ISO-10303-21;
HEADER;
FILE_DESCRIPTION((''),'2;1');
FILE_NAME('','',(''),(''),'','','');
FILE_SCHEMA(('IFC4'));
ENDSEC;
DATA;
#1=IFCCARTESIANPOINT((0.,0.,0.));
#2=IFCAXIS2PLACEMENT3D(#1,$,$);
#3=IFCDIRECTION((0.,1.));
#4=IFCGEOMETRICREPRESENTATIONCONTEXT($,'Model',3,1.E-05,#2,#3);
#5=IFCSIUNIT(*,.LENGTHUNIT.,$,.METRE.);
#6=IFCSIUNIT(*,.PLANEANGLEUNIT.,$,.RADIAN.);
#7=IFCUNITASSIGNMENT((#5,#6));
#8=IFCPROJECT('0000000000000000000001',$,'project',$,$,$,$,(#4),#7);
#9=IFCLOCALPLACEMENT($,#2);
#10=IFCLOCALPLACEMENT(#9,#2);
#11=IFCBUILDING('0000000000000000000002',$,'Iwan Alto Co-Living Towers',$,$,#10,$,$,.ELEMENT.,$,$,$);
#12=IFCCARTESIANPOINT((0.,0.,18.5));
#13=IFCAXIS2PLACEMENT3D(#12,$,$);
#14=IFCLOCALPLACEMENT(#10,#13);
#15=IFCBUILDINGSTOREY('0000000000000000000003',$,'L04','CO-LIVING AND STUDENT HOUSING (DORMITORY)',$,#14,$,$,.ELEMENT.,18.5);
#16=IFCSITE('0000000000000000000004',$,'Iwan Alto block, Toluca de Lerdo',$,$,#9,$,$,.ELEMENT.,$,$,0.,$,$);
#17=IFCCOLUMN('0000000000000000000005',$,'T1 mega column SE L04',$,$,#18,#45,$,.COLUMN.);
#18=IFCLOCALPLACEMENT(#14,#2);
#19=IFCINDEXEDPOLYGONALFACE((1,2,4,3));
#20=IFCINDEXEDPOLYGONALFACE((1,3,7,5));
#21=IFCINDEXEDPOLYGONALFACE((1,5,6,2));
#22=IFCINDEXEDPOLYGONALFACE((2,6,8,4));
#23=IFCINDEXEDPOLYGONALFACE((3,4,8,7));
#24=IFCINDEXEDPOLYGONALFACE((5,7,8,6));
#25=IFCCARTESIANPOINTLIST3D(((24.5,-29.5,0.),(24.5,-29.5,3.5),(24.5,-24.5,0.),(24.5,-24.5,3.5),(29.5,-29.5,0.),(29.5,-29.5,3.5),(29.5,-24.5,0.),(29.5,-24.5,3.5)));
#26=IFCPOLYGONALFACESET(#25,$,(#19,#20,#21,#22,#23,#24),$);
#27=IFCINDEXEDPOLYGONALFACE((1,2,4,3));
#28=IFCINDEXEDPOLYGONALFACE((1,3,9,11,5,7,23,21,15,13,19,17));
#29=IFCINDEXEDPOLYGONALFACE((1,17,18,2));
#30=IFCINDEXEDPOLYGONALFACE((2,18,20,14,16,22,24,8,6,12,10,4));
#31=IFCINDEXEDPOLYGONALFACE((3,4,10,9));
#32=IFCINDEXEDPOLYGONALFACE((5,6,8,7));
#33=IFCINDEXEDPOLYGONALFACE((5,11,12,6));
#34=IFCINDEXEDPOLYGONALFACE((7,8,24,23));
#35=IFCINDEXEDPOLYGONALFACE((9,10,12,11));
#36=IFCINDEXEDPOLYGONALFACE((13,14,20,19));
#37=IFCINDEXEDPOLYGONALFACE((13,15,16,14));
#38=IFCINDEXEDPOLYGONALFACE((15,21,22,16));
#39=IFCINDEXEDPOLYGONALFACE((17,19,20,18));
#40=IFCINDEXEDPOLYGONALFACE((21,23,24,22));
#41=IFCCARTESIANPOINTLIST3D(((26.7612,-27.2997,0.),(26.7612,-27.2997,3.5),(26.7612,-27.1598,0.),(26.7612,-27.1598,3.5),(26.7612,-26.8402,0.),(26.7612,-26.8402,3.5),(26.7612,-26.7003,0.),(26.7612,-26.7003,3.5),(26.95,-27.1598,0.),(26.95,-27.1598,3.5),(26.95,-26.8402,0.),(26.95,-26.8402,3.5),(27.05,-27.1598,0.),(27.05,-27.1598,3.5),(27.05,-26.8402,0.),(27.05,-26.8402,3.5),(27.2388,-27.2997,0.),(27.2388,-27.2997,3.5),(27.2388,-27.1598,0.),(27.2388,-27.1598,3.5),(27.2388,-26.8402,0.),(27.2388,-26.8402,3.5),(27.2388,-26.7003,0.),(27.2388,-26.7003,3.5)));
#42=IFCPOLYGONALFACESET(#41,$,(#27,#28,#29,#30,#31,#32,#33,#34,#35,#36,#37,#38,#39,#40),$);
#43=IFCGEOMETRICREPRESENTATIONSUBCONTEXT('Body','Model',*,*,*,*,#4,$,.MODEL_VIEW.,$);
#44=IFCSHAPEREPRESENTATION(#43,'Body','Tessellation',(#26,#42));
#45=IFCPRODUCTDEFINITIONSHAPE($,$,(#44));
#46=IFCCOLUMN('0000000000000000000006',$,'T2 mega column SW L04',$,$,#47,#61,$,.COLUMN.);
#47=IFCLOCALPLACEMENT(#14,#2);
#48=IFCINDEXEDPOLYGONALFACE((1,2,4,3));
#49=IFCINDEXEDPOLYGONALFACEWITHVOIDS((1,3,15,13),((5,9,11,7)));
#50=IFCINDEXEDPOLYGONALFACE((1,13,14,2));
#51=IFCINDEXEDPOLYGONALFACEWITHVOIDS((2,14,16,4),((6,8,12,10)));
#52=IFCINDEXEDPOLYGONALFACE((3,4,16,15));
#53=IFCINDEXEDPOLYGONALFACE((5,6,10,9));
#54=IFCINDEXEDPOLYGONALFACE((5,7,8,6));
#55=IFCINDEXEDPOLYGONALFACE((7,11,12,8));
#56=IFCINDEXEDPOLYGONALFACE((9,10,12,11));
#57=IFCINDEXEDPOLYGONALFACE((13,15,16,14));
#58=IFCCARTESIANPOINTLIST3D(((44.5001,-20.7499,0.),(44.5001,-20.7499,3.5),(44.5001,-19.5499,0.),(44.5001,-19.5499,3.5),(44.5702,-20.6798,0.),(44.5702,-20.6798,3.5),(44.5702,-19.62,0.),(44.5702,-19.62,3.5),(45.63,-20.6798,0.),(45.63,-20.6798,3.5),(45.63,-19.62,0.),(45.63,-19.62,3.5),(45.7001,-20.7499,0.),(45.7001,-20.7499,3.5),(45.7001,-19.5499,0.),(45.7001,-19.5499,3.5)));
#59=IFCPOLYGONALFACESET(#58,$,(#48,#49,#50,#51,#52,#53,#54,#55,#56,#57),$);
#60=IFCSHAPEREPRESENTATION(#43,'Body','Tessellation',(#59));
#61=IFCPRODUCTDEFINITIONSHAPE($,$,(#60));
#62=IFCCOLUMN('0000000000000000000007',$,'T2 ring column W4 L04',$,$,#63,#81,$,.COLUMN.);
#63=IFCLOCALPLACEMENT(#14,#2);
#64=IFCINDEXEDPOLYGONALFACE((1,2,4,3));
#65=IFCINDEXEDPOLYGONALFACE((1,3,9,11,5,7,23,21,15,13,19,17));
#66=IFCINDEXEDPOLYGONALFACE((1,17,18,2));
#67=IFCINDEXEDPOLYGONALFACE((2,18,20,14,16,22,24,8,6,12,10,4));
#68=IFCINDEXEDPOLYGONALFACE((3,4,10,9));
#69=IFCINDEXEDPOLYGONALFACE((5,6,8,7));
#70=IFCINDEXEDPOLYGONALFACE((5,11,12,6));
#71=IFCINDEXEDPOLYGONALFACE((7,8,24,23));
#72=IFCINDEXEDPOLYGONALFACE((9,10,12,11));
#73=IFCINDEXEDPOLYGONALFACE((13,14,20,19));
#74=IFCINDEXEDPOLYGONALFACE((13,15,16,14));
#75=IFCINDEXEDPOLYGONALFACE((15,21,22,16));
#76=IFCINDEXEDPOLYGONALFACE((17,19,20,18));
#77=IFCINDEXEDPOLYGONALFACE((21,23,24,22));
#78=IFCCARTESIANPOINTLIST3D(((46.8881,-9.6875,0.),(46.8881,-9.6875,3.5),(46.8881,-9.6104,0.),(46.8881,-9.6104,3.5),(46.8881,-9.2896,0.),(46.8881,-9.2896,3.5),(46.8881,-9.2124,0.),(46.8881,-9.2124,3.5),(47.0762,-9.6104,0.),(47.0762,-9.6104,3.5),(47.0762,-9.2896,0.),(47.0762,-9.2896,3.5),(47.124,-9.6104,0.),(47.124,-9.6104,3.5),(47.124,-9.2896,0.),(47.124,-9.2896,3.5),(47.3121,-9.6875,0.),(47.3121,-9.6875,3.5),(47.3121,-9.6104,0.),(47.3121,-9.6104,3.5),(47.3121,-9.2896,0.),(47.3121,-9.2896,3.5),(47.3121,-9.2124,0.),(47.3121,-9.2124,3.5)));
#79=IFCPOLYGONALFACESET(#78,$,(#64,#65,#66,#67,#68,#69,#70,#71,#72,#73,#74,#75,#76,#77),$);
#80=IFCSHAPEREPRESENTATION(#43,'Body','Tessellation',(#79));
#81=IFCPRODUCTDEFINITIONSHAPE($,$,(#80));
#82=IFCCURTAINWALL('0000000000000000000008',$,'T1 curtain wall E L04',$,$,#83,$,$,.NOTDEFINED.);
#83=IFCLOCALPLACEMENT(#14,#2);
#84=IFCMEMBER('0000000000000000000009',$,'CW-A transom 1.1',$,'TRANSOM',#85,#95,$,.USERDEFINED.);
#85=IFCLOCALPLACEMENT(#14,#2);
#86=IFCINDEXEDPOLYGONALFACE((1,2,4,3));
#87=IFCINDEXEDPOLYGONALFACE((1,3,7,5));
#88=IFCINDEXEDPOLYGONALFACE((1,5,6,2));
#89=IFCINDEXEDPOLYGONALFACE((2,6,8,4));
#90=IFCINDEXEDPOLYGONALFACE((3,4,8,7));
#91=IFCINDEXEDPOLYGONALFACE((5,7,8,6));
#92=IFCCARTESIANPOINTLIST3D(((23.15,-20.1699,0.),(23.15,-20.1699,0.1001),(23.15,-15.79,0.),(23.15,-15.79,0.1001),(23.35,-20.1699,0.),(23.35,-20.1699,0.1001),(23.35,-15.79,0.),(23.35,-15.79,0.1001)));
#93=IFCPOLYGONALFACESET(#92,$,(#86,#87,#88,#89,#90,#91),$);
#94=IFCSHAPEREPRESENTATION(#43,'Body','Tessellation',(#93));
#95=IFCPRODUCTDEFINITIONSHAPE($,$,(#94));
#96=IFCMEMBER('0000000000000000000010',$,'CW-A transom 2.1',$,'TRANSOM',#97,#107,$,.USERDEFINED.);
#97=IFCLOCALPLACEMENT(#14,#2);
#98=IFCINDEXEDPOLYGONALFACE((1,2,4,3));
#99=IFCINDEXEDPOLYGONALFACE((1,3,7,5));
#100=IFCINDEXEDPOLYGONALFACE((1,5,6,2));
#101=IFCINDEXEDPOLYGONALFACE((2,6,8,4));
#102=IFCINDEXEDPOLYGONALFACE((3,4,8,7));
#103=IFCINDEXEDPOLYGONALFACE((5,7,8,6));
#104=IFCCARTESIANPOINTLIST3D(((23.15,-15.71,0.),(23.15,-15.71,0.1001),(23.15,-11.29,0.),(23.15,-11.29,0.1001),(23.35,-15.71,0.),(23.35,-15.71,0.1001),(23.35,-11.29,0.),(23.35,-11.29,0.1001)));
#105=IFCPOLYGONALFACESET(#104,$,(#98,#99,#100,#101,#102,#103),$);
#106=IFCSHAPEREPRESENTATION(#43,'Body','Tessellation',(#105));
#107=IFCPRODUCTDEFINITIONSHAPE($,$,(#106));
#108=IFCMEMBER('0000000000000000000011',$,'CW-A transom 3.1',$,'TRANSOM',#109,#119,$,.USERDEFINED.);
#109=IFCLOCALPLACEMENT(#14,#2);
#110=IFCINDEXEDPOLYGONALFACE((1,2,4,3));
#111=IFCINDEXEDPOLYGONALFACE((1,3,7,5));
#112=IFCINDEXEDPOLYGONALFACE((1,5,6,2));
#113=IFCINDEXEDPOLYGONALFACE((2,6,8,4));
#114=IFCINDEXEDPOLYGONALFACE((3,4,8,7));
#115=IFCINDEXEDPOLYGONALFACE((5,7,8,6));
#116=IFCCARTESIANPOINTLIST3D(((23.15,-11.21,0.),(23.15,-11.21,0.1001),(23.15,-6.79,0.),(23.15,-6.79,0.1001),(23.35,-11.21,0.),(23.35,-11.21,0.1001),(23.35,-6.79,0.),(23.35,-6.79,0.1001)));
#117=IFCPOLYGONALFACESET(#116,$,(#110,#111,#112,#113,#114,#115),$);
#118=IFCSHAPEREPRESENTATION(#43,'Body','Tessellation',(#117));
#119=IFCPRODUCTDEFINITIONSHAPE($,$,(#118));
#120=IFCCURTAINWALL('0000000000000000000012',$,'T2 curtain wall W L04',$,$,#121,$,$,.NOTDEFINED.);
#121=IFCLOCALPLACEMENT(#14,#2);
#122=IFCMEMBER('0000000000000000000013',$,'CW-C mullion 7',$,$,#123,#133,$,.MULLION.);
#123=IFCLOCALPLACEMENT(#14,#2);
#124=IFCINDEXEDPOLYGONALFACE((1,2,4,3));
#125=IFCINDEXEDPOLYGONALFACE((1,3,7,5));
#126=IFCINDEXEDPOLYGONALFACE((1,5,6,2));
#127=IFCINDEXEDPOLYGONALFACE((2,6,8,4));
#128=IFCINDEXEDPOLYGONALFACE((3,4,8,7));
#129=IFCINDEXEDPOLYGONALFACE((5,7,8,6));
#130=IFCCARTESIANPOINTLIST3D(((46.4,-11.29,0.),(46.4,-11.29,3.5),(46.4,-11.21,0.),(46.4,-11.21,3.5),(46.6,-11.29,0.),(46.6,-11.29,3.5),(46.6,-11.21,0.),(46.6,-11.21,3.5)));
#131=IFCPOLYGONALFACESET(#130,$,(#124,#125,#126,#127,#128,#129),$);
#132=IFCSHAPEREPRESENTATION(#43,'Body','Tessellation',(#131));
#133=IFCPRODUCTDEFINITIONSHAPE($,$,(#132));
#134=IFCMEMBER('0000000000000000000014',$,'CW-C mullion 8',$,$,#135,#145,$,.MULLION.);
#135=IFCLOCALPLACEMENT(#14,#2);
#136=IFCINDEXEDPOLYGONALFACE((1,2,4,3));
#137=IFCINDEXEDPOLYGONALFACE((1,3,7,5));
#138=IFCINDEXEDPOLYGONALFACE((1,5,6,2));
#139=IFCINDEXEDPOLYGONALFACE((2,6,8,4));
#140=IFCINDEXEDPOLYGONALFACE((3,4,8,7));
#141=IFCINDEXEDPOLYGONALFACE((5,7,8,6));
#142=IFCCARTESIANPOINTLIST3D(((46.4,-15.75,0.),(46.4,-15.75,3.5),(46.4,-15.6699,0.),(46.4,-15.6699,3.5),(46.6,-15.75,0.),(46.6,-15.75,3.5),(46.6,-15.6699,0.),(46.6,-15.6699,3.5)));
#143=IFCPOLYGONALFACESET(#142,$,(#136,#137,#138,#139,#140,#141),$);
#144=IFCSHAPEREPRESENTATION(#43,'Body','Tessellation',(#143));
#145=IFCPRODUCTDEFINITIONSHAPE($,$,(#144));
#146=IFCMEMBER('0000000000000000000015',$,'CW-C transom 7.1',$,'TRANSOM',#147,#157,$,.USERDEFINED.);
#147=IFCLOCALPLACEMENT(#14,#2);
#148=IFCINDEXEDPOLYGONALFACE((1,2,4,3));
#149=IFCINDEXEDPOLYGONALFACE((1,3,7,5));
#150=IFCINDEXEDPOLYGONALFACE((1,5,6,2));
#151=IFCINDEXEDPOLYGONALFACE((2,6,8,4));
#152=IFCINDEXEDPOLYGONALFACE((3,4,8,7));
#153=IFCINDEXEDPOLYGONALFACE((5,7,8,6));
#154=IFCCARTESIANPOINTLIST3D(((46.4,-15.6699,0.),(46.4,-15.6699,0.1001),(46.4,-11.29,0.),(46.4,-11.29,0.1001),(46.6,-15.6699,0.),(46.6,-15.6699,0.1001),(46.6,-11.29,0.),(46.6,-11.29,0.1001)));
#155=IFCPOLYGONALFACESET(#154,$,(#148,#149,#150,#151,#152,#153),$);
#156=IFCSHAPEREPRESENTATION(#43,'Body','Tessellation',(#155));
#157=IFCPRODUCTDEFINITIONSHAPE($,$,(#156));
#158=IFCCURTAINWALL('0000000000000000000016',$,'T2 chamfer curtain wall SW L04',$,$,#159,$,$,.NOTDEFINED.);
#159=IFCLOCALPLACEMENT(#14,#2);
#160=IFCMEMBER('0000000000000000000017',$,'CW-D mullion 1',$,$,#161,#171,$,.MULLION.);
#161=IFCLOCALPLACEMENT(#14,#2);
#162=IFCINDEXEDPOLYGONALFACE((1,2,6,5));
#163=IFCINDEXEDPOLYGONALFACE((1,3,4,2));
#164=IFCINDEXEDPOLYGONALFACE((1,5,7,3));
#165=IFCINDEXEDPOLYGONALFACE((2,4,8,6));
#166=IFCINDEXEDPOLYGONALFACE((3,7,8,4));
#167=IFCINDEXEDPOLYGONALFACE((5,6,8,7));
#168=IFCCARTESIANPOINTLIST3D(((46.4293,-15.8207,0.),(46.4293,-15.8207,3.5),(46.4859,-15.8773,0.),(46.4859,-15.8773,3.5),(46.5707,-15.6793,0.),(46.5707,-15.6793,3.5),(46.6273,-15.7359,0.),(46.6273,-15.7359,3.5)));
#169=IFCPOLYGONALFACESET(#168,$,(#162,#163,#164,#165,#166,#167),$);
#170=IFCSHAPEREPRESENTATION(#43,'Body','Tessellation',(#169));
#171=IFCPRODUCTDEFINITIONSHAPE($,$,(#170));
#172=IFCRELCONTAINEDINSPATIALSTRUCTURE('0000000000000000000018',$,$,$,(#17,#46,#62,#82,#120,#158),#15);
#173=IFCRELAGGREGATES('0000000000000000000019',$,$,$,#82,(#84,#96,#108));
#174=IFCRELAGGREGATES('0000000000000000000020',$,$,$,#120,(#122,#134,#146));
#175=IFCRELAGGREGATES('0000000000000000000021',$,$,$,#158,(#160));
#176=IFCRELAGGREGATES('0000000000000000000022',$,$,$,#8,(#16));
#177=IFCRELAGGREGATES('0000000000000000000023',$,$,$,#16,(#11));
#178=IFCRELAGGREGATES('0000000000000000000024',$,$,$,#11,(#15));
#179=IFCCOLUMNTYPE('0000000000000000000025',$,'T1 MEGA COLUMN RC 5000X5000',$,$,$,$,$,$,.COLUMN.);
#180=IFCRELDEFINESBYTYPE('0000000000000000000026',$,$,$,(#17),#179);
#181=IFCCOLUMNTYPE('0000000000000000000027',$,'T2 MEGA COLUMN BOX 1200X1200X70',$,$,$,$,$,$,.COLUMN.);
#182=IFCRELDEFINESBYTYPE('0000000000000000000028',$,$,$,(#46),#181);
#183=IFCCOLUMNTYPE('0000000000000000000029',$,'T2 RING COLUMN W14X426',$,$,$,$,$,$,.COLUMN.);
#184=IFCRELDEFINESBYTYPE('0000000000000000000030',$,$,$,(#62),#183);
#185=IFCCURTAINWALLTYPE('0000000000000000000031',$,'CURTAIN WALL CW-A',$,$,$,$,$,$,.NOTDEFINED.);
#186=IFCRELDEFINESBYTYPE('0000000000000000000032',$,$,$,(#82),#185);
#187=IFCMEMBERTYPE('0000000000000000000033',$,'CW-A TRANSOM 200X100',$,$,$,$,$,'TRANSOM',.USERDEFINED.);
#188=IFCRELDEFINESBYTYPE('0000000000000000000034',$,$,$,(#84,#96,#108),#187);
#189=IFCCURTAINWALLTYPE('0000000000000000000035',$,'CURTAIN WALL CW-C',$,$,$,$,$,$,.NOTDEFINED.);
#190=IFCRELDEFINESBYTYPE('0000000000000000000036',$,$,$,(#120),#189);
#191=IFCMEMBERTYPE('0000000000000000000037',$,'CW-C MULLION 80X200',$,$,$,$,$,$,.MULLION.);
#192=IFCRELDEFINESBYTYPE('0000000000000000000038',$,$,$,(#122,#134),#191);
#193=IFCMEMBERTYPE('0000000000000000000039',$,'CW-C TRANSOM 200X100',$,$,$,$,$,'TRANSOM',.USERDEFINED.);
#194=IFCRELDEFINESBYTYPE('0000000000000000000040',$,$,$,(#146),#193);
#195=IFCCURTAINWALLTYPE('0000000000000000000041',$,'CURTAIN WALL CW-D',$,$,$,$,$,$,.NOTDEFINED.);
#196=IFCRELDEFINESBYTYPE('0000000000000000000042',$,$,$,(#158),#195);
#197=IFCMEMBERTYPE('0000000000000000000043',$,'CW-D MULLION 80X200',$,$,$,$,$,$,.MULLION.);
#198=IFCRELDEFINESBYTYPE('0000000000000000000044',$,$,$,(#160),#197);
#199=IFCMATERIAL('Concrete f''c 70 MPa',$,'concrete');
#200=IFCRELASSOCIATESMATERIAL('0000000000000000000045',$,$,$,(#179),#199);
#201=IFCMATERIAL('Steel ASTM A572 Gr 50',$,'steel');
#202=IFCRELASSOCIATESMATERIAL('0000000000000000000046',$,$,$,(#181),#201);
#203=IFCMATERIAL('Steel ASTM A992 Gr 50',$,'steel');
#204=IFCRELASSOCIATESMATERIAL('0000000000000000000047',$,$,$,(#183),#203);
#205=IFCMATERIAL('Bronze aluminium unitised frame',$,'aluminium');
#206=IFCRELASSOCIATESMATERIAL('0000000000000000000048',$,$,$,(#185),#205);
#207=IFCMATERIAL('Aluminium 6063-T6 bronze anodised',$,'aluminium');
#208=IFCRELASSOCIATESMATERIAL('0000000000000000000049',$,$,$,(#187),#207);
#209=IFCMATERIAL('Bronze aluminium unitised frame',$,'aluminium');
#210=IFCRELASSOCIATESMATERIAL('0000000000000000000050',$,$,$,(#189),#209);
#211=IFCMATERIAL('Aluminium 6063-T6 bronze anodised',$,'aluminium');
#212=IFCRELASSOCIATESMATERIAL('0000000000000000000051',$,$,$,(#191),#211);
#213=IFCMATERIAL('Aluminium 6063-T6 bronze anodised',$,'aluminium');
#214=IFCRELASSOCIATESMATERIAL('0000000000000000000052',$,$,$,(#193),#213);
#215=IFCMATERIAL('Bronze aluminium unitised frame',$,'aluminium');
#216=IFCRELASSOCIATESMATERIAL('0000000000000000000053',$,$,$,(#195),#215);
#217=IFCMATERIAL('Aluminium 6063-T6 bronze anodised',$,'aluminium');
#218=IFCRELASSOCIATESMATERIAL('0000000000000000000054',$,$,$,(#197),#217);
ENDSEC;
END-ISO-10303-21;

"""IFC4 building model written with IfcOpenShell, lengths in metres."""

from ifc_helpers import new_model, si_unit, direction, frame, origin, origin_2d, place, context, subcontext, project, spatial, rectangle, hollow_rectangle, i_section, extrude, material, material_profile, profile_set, type_object, element, aggregate, save


model = new_model("IFC4")

# Units and contexts
model_context = context("Model", 3, precision=1e-05, world=origin(), true_north=direction((0.0, 1.0)))
body_context = subcontext(model_context, "Body", "Model", "MODEL_VIEW")
ifc_project = project(units=[si_unit("LENGTHUNIT", "METRE"), si_unit("PLANEANGLEUNIT", "RADIAN")], contexts=[model_context])

# Site, building, storey
site_placement = place(None, origin())
site = spatial("IfcSite", under=ifc_project, at=site_placement, Name="Iwan Alto block, Toluca de Lerdo", CompositionType="ELEMENT", RefElevation=0.0)
building_placement = place(site_placement, origin())
building = spatial("IfcBuilding", under=site, at=building_placement, Name="Iwan Alto Co-Living Towers", CompositionType="ELEMENT")
storey_placement = place(building_placement, frame((0.0, 0.0, 18.5)))
storey = spatial("IfcBuildingStorey", under=building, at=storey_placement, Name="L04", Description="CO-LIVING AND STUDENT HOUSING (DORMITORY)", CompositionType="ELEMENT", Elevation=18.5)

# Columns
ifc_material_1 = material(Name="Concrete f'c 70 MPa", Category="concrete")
ifc_material_profile_1 = material_profile(ifc_material_1, rectangle(XDim=5.0, YDim=5.0, at=origin_2d()), Name="RC 5000X5000")
ifc_profile_set_1 = profile_set([ifc_material_profile_1], Name="Concrete f'c 70 MPa")
column_type_1 = type_object("IfcColumnType", Name="T1 MEGA COLUMN RC 5000X5000", PredefinedType="COLUMN", material=ifc_profile_set_1)
column_1_placement = place(storey_placement, frame((27.0, -27.0, 0.0), z_axis=(0.0, 0.0, 1.0), x_axis=(1.0, 0.0, 0.0)))
element("IfcColumn", 1, at=column_1_placement, inside=storey, type_object=column_type_1, Name="T1 mega column SE L04", PredefinedType="COLUMN", context=body_context, shape_type="SweptSolid", body=[
    extrude(rectangle(XDim=5.0, YDim=5.0, at=origin_2d()), origin(), (0.0, 0.0, 1.0), 3.5),
    extrude(i_section(OverallWidth=0.4775, OverallDepth=0.5994, WebThickness=0.1001, FlangeThickness=0.1399, at=origin_2d()), origin(), (0.0, 0.0, 1.0), 3.5),
])
ifc_material_2 = material(Name="Steel ASTM A572 Gr 50", Category="steel")
ifc_material_profile_2 = material_profile(ifc_material_2, hollow_rectangle(XDim=1.2, YDim=1.2, WallThickness=0.0701, at=origin_2d()), Name="BOX 1200X1200X70")
ifc_profile_set_2 = profile_set([ifc_material_profile_2], Name="Steel ASTM A572 Gr 50")
column_type_2 = type_object("IfcColumnType", Name="T2 MEGA COLUMN BOX 1200X1200X70", PredefinedType="COLUMN", material=ifc_profile_set_2)
column_2_placement = place(storey_placement, frame((45.1001, -20.1499, 0.0), z_axis=(0.0, 0.0, 1.0), x_axis=(1.0, 0.0, 0.0)))
element("IfcColumn", 2, at=column_2_placement, inside=storey, type_object=column_type_2, Name="T2 mega column SW L04", PredefinedType="COLUMN", context=body_context, shape_type="SweptSolid", body=[
    extrude(hollow_rectangle(XDim=1.2, YDim=1.2, WallThickness=0.0701, at=origin_2d()), origin(), (0.0, 0.0, 1.0), 3.5),
])
ifc_material_3 = material(Name="Steel ASTM A992 Gr 50", Category="steel")
ifc_material_profile_3 = material_profile(ifc_material_3, i_section(OverallWidth=0.4241, OverallDepth=0.4751, WebThickness=0.0479, FlangeThickness=0.0771, at=origin_2d()), Name="W14X426")
ifc_profile_set_3 = profile_set([ifc_material_profile_3], Name="Steel ASTM A992 Gr 50")
column_type_3 = type_object("IfcColumnType", Name="T2 RING COLUMN W14X426", PredefinedType="COLUMN", material=ifc_profile_set_3)
column_3_placement = place(storey_placement, frame((47.1001, -9.45, 0.0), z_axis=(0.0, 0.0, 1.0), x_axis=(1.0, 0.0, 0.0)))
element("IfcColumn", 3, at=column_3_placement, inside=storey, type_object=column_type_3, Name="T2 ring column W4 L04", PredefinedType="COLUMN", context=body_context, shape_type="SweptSolid", body=[
    extrude(i_section(OverallWidth=0.4241, OverallDepth=0.4751, WebThickness=0.0479, FlangeThickness=0.0771, at=origin_2d()), origin(), (0.0, 0.0, 1.0), 3.5),
])

# Curtain walls, members
ifc_material_4 = material(Name="Bronze aluminium unitised frame", Category="aluminium")
curtain_wall_type_1 = type_object("IfcCurtainWallType", Name="CURTAIN WALL CW-A", PredefinedType="NOTDEFINED", material=ifc_material_4)
curtain_wall_1_placement = place(storey_placement, origin())
curtain_wall_1 = element("IfcCurtainWall", 4, at=curtain_wall_1_placement, inside=storey, type_object=curtain_wall_type_1, Name="T1 curtain wall E L04", PredefinedType="NOTDEFINED")
ifc_material_5 = material(Name="Aluminium 6063-T6 bronze anodised", Category="aluminium")
ifc_material_profile_4 = material_profile(ifc_material_5, rectangle(XDim=0.2, YDim=0.1001, at=origin_2d()), Name="AL 200X100")
ifc_profile_set_4 = profile_set([ifc_material_profile_4], Name="Aluminium 6063-T6 bronze anodised")
member_type_1 = type_object("IfcMemberType", Name="CW-A TRANSOM 200X100", ElementType="TRANSOM", PredefinedType="USERDEFINED", material=ifc_profile_set_4)
member_1_placement = place(storey_placement, frame((23.25, -20.1699, 0.05), z_axis=(0.0, 1.0, 0.0), x_axis=(-1.0, 0.0, 0.0)))
member_1 = element("IfcMember", 5, at=member_1_placement, type_object=member_type_1, Name="CW-A transom 1.1", ObjectType="TRANSOM", PredefinedType="USERDEFINED", context=body_context, shape_type="SweptSolid", body=[
    extrude(rectangle(XDim=0.2, YDim=0.1001, at=origin_2d()), origin(), (0.0, 0.0, 1.0), 4.3799),
])
member_2_placement = place(storey_placement, frame((23.25, -15.71, 0.05), z_axis=(0.0, 1.0, 0.0), x_axis=(-1.0, 0.0, 0.0)))
member_2 = element("IfcMember", 6, at=member_2_placement, type_object=member_type_1, Name="CW-A transom 2.1", ObjectType="TRANSOM", PredefinedType="USERDEFINED", context=body_context, shape_type="SweptSolid", body=[
    extrude(rectangle(XDim=0.2, YDim=0.1001, at=origin_2d()), origin(), (0.0, 0.0, 1.0), 4.4199),
])
member_3_placement = place(storey_placement, frame((23.25, -11.21, 0.05), z_axis=(0.0, 1.0, 0.0), x_axis=(-1.0, 0.0, 0.0)))
member_3 = element("IfcMember", 7, at=member_3_placement, type_object=member_type_1, Name="CW-A transom 3.1", ObjectType="TRANSOM", PredefinedType="USERDEFINED", context=body_context, shape_type="SweptSolid", body=[
    extrude(rectangle(XDim=0.2, YDim=0.1001, at=origin_2d()), origin(), (0.0, 0.0, 1.0), 4.4199),
])
ifc_material_6 = material(Name="Bronze aluminium unitised frame", Category="aluminium")
curtain_wall_type_2 = type_object("IfcCurtainWallType", Name="CURTAIN WALL CW-C", PredefinedType="NOTDEFINED", material=ifc_material_6)
curtain_wall_2_placement = place(storey_placement, origin())
curtain_wall_2 = element("IfcCurtainWall", 8, at=curtain_wall_2_placement, inside=storey, type_object=curtain_wall_type_2, Name="T2 curtain wall W L04", PredefinedType="NOTDEFINED")
ifc_material_7 = material(Name="Aluminium 6063-T6 bronze anodised", Category="aluminium")
ifc_material_profile_5 = material_profile(ifc_material_7, rectangle(XDim=0.2, YDim=0.0801, at=origin_2d()), Name="AL 80X200")
ifc_profile_set_5 = profile_set([ifc_material_profile_5], Name="Aluminium 6063-T6 bronze anodised")
member_type_2 = type_object("IfcMemberType", Name="CW-C MULLION 80X200", PredefinedType="MULLION", material=ifc_profile_set_5)
member_4_placement = place(storey_placement, frame((46.5, -11.25, 0.0), z_axis=(0.0, 0.0, 1.0), x_axis=(1.0, 0.0, 0.0)))
member_4 = element("IfcMember", 9, at=member_4_placement, type_object=member_type_2, Name="CW-C mullion 7", PredefinedType="MULLION", context=body_context, shape_type="SweptSolid", body=[
    extrude(rectangle(XDim=0.2, YDim=0.0801, at=origin_2d()), origin(), (0.0, 0.0, 1.0), 3.5),
])
member_5_placement = place(storey_placement, frame((46.5, -15.71, 0.0), z_axis=(0.0, 0.0, 1.0), x_axis=(1.0, 0.0, 0.0)))
member_5 = element("IfcMember", 10, at=member_5_placement, type_object=member_type_2, Name="CW-C mullion 8", PredefinedType="MULLION", context=body_context, shape_type="SweptSolid", body=[
    extrude(rectangle(XDim=0.2, YDim=0.0801, at=origin_2d()), origin(), (0.0, 0.0, 1.0), 3.5),
])
ifc_material_8 = material(Name="Aluminium 6063-T6 bronze anodised", Category="aluminium")
ifc_material_profile_6 = material_profile(ifc_material_8, rectangle(XDim=0.2, YDim=0.1001, at=origin_2d()), Name="AL 200X100")
ifc_profile_set_6 = profile_set([ifc_material_profile_6], Name="Aluminium 6063-T6 bronze anodised")
member_type_3 = type_object("IfcMemberType", Name="CW-C TRANSOM 200X100", ElementType="TRANSOM", PredefinedType="USERDEFINED", material=ifc_profile_set_6)
member_6_placement = place(storey_placement, frame((46.5, -11.29, 0.05), z_axis=(0.0, -1.0, 0.0), x_axis=(1.0, 0.0, 0.0)))
member_6 = element("IfcMember", 11, at=member_6_placement, type_object=member_type_3, Name="CW-C transom 7.1", ObjectType="TRANSOM", PredefinedType="USERDEFINED", context=body_context, shape_type="SweptSolid", body=[
    extrude(rectangle(XDim=0.2, YDim=0.1001, at=origin_2d()), origin(), (0.0, 0.0, 1.0), 4.3799),
])
ifc_material_9 = material(Name="Bronze aluminium unitised frame", Category="aluminium")
curtain_wall_type_3 = type_object("IfcCurtainWallType", Name="CURTAIN WALL CW-D", PredefinedType="NOTDEFINED", material=ifc_material_9)
curtain_wall_3_placement = place(storey_placement, origin())
curtain_wall_3 = element("IfcCurtainWall", 12, at=curtain_wall_3_placement, inside=storey, type_object=curtain_wall_type_3, Name="T2 chamfer curtain wall SW L04", PredefinedType="NOTDEFINED")
ifc_material_10 = material(Name="Aluminium 6063-T6 bronze anodised", Category="aluminium")
ifc_material_profile_7 = material_profile(ifc_material_10, rectangle(XDim=0.2, YDim=0.0801, at=origin_2d()), Name="AL 80X200")
ifc_profile_set_7 = profile_set([ifc_material_profile_7], Name="Aluminium 6063-T6 bronze anodised")
member_type_4 = type_object("IfcMemberType", Name="CW-D MULLION 80X200", PredefinedType="MULLION", material=ifc_profile_set_7)
member_7_placement = place(storey_placement, frame((46.5283, -15.7783, 0.0), z_axis=(0.0, 0.0, 1.0), x_axis=(0.707107, 0.707107, 0.0)))
member_7 = element("IfcMember", 13, at=member_7_placement, type_object=member_type_4, Name="CW-D mullion 1", PredefinedType="MULLION", context=body_context, shape_type="SweptSolid", body=[
    extrude(rectangle(XDim=0.2, YDim=0.0801, at=origin_2d()), origin(), (0.0, 0.0, 1.0), 3.5),
])

aggregate(curtain_wall_1, [member_1, member_2, member_3])
aggregate(curtain_wall_2, [member_4, member_5, member_6])
aggregate(curtain_wall_3, [member_7])

save(model, "model.ifc")
